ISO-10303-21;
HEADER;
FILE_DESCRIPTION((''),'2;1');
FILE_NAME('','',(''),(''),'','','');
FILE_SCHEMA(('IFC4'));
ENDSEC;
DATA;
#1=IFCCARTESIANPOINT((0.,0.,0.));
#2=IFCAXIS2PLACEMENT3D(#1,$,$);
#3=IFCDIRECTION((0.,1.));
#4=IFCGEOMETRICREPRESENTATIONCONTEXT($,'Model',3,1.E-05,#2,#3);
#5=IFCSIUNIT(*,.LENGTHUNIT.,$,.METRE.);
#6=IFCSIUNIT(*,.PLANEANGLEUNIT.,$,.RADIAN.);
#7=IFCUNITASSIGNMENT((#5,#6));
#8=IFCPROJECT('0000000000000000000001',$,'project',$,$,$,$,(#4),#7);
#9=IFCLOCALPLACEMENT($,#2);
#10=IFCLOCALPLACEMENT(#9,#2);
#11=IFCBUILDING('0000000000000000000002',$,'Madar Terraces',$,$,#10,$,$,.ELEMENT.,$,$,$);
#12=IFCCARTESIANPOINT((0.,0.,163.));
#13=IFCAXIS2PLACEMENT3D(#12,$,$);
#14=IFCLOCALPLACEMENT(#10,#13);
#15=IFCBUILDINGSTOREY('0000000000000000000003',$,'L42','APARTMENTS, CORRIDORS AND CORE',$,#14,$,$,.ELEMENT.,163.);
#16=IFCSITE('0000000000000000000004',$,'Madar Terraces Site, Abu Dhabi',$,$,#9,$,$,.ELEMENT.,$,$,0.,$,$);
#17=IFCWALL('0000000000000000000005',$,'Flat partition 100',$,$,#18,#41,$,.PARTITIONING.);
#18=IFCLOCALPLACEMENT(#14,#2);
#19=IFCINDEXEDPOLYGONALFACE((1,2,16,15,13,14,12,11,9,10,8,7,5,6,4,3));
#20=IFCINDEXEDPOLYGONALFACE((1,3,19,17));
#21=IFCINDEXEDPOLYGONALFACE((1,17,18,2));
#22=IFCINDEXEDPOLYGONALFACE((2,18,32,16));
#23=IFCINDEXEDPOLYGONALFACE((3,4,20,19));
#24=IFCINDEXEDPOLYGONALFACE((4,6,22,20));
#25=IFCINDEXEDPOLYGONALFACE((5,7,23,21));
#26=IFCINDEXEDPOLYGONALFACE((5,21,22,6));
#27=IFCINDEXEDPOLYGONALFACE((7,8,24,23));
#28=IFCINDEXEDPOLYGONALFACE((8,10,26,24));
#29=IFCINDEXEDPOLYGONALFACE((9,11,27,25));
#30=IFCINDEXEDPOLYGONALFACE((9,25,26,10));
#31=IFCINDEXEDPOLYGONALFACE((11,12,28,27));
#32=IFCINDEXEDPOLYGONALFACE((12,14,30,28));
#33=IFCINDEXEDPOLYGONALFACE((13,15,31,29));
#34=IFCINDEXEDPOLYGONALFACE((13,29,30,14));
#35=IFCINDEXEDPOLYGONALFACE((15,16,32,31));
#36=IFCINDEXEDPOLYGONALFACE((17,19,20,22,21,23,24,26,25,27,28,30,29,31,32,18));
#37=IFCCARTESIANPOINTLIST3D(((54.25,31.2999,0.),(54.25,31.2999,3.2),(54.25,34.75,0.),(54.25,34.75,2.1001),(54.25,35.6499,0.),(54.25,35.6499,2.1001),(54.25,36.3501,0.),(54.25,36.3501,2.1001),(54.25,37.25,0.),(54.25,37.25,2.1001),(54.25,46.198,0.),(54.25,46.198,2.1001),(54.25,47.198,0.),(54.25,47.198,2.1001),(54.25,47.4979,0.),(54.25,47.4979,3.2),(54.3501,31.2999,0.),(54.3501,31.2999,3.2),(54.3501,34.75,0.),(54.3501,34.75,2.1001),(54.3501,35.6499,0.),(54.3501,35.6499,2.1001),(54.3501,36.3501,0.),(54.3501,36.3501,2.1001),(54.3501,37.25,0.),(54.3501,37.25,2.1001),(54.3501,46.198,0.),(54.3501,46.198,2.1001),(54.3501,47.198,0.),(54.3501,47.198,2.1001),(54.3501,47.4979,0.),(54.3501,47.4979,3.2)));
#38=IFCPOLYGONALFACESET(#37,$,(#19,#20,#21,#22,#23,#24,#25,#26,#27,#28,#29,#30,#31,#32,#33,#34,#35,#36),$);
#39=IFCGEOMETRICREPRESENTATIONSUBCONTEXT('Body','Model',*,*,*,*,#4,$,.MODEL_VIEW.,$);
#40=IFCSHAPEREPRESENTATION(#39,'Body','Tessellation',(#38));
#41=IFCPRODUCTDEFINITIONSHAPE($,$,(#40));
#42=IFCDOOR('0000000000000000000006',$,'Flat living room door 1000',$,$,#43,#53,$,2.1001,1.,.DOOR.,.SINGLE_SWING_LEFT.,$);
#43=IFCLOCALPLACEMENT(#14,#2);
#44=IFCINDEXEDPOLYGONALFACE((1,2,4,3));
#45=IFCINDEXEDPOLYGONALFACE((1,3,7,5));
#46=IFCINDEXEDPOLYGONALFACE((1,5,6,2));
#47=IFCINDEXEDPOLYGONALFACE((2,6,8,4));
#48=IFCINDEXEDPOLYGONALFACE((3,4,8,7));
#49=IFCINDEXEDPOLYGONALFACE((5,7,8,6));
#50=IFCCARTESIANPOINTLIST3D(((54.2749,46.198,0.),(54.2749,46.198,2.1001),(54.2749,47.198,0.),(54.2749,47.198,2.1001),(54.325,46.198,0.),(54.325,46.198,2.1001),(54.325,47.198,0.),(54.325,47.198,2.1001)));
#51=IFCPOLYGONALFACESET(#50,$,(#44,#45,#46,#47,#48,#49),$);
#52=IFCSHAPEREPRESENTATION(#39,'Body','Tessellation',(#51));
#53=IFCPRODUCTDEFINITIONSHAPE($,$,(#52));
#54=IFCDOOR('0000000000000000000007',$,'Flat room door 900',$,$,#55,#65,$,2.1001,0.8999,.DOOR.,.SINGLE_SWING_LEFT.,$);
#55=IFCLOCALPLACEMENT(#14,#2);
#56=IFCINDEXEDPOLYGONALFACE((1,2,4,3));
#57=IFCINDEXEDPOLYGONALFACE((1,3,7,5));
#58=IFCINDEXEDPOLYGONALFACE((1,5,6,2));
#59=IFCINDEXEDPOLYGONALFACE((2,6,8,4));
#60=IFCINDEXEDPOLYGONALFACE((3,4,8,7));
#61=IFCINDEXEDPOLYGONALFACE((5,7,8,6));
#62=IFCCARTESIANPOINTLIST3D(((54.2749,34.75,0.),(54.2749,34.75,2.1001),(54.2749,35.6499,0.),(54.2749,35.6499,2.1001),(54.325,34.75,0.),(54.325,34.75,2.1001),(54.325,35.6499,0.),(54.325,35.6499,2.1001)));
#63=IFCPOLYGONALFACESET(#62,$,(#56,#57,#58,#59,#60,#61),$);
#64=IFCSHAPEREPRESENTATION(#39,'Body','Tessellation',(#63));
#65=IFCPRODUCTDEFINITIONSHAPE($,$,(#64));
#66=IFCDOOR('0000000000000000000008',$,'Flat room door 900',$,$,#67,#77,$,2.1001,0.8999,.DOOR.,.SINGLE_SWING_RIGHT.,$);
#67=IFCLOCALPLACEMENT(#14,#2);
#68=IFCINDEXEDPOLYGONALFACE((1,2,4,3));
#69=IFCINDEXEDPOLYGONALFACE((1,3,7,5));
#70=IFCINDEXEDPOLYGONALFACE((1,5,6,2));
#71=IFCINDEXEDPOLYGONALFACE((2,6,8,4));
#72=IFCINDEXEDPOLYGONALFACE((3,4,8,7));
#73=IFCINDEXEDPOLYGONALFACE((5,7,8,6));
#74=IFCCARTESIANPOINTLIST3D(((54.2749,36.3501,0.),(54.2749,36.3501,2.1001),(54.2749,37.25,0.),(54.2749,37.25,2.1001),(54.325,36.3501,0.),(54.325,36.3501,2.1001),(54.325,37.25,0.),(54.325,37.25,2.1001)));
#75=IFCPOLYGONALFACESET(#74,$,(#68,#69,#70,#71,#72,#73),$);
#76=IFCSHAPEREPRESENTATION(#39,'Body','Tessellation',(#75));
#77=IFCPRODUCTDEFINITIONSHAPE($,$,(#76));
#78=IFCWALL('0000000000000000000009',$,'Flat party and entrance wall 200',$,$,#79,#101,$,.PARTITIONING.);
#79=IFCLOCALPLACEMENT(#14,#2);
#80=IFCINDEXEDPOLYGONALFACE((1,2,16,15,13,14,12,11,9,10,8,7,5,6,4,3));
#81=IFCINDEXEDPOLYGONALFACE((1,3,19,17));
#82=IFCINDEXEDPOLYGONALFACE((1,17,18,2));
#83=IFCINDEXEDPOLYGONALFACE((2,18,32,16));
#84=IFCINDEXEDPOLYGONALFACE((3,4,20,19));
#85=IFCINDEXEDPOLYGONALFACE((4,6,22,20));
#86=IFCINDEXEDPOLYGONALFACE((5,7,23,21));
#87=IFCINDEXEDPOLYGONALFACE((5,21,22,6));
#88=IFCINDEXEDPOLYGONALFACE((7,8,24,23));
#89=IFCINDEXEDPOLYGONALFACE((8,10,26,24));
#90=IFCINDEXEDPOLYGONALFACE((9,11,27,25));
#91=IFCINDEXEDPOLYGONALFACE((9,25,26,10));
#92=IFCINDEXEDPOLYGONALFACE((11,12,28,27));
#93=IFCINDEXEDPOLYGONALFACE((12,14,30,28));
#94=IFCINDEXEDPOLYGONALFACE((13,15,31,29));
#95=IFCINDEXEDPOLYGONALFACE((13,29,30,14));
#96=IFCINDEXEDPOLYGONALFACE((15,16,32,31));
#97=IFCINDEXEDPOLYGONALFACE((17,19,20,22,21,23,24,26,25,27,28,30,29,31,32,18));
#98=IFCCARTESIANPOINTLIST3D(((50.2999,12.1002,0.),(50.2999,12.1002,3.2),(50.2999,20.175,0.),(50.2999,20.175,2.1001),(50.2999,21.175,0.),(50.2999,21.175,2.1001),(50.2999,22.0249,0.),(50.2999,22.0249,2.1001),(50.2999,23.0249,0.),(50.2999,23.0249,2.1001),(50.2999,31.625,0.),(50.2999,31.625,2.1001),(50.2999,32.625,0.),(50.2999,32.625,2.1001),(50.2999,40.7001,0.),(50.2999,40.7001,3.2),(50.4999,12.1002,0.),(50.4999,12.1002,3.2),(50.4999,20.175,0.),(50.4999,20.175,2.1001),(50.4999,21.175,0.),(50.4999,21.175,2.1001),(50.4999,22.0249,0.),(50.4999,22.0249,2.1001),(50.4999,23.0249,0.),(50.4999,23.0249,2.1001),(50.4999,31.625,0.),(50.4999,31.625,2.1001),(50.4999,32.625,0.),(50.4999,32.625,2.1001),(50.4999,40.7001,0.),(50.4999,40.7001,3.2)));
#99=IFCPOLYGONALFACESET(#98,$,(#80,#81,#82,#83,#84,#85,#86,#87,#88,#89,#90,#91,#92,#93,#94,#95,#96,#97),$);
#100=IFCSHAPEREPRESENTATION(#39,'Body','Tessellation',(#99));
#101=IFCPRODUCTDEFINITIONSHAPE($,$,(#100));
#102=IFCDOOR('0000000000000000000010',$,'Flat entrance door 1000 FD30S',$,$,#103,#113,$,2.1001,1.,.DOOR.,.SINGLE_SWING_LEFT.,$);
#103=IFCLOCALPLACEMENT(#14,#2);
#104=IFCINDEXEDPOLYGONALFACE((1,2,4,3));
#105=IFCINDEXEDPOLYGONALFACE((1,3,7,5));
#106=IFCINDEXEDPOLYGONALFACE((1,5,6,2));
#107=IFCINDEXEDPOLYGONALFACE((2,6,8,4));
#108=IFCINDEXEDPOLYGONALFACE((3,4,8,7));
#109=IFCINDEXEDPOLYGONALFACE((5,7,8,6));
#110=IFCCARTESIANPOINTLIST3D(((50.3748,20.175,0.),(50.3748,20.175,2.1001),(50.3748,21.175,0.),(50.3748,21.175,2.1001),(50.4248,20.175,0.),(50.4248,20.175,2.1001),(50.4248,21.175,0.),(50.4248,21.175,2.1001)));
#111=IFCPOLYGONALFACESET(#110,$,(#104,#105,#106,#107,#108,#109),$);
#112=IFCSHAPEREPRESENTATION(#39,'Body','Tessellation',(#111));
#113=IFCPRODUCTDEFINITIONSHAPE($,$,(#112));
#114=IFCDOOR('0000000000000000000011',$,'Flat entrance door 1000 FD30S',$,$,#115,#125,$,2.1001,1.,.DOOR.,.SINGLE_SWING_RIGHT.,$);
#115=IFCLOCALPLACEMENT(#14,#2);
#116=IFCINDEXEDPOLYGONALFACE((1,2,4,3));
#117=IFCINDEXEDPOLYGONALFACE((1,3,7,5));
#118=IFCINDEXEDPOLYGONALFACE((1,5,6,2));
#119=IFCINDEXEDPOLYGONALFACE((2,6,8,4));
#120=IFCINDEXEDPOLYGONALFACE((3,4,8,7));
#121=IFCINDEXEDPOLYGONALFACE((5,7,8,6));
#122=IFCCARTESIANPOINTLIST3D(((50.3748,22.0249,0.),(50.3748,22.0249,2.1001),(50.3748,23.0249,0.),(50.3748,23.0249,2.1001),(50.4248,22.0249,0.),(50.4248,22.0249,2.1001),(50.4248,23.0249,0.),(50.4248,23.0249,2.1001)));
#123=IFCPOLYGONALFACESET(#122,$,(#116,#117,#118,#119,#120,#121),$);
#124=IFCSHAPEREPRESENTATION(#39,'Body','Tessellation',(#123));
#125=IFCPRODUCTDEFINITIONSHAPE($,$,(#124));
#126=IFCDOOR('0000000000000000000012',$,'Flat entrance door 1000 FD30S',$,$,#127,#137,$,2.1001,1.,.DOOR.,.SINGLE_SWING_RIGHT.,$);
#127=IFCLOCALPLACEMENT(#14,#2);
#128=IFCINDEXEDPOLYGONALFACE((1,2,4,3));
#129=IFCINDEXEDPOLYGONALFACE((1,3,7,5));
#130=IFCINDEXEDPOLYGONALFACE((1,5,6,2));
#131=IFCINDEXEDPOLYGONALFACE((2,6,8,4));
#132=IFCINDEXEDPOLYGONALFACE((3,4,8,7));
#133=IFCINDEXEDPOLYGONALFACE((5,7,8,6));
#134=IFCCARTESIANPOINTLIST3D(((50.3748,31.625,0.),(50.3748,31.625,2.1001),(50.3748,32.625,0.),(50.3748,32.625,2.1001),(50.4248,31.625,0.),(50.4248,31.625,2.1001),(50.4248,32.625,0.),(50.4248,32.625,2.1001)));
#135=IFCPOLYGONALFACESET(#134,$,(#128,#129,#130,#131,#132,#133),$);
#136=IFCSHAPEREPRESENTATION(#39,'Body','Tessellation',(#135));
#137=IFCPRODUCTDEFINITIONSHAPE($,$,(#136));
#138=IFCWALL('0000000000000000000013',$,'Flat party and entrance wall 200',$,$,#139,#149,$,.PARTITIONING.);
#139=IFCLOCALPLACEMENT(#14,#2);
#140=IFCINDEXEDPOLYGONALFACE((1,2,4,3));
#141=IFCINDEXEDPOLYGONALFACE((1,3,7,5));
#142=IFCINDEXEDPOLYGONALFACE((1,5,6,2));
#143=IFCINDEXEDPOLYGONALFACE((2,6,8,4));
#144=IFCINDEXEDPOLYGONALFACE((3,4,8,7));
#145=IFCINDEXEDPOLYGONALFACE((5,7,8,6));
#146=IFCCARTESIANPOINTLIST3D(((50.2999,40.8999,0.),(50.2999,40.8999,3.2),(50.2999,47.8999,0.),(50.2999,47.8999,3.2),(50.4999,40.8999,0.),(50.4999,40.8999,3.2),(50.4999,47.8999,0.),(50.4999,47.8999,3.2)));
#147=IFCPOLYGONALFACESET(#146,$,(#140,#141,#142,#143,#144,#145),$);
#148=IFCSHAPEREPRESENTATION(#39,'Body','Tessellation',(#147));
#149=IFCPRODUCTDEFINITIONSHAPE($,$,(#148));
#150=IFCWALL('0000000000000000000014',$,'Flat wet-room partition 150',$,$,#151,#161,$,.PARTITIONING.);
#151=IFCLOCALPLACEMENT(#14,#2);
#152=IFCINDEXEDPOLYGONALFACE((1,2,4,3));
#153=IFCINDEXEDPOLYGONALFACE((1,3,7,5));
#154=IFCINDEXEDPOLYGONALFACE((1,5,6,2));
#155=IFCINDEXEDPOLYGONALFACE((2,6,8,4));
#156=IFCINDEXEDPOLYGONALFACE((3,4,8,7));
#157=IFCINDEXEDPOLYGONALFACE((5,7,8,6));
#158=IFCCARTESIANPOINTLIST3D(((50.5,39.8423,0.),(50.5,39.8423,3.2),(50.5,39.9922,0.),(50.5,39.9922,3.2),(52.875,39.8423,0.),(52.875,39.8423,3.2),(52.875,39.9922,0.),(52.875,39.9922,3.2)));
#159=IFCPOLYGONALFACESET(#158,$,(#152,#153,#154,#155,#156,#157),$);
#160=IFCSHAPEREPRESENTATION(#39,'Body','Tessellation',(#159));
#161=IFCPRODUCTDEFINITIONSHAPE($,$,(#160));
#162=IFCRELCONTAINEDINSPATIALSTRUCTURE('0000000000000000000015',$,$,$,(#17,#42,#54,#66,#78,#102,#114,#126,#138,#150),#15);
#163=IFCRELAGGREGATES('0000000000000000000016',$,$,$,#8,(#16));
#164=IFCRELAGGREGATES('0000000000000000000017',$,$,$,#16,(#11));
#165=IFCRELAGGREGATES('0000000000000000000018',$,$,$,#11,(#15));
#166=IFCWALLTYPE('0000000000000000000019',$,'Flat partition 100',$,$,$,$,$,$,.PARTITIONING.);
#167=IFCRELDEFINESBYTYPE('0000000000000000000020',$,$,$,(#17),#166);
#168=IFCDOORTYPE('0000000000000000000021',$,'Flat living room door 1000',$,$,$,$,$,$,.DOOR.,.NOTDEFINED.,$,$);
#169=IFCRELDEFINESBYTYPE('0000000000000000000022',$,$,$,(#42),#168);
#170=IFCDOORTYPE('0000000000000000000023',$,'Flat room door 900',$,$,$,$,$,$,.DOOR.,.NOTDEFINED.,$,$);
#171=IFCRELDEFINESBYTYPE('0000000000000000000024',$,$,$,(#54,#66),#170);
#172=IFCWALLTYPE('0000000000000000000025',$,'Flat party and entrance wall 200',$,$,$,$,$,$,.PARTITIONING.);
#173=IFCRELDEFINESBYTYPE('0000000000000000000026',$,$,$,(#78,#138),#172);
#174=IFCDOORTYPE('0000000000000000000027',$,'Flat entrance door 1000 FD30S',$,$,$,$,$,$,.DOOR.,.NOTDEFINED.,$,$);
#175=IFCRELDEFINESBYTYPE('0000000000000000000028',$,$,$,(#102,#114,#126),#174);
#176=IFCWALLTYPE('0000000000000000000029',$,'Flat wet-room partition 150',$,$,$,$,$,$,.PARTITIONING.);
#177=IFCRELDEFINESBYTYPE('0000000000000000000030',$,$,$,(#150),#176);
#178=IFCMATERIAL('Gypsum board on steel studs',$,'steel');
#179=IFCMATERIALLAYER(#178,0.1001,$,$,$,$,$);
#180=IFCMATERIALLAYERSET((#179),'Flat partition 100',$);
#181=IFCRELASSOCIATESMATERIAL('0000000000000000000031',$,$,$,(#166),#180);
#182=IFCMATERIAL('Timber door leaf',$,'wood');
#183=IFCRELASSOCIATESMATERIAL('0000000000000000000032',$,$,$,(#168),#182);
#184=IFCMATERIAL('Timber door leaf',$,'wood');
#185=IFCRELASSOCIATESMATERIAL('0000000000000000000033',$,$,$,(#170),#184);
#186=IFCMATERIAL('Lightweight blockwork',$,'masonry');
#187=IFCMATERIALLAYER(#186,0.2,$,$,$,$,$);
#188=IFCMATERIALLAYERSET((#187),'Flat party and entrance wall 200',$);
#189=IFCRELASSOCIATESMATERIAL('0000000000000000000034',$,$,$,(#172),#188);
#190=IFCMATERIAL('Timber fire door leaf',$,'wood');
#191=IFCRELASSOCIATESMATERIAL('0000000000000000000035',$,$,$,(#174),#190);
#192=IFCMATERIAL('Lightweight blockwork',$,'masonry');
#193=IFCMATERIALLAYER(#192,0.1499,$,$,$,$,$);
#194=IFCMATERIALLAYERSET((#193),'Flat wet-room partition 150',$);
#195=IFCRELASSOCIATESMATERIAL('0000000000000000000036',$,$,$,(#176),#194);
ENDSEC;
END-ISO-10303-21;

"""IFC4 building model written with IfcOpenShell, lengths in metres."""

from ifc_helpers import new_model, si_unit, direction, frame, frame_2d, origin, place, context, subcontext, project, spatial, rectangle, extrude, material, layer, layer_set, type_object, element, fill, save


model = new_model("IFC4")

# Units and contexts
model_context = context("Model", 3, precision=1e-05, world=origin(), true_north=direction((0.0, 1.0)))
body_context = subcontext(model_context, "Body", "Model", "MODEL_VIEW")
ifc_project = project(units=[si_unit("LENGTHUNIT", "METRE"), si_unit("PLANEANGLEUNIT", "RADIAN")], contexts=[model_context])

# Site, building, storey
site_placement = place(None, origin())
site = spatial("IfcSite", under=ifc_project, at=site_placement, Name="Madar Terraces Site, Abu Dhabi", CompositionType="ELEMENT", RefElevation=0.0)
building_placement = place(site_placement, origin())
building = spatial("IfcBuilding", under=site, at=building_placement, Name="Madar Terraces", CompositionType="ELEMENT")
storey_placement = place(building_placement, frame((0.0, 0.0, 163.0)))
storey = spatial("IfcBuildingStorey", under=building, at=storey_placement, Name="L42", Description="APARTMENTS, CORRIDORS AND CORE", CompositionType="ELEMENT", Elevation=163.0)

# Shared definitions
ifc_material_1 = material(Name="Gypsum board on steel studs", Category="steel")
ifc_layer_1 = layer(ifc_material_1, 0.1001)
ifc_layer_set_1 = layer_set([ifc_layer_1], Name="Flat partition 100")
wall_type_1 = type_object("IfcWallType", Name="Flat partition 100", PredefinedType="PARTITIONING", material=ifc_layer_set_1)

# Walls, openings, doors
wall_1_placement = place(storey_placement, frame((54.3, 47.498, 0.0), z_axis=(0.0, 0.0, 1.0), x_axis=(0.0, -1.0, 0.0)))
wall_1 = element("IfcWall", 1, at=wall_1_placement, inside=storey, type_object=wall_type_1, Name="Flat partition 100", PredefinedType="PARTITIONING", context=body_context, shape_type="SweptSolid", body=[
    extrude(rectangle(XDim=16.198, YDim=0.1001, at=frame_2d((8.0991, 0.0))), origin(), (0.0, 0.0, 1.0), 3.2),
])
opening_1_placement = place(wall_1_placement, frame((11.8481, 0.0, 0.0)))
opening_1 = element("IfcOpeningElement", 2, at=opening_1_placement, cuts=wall_1, PredefinedType="OPENING", context=body_context, shape_type="SweptSolid", body=[
    extrude(rectangle(XDim=0.8999, YDim=2.1001, at=frame_2d((0.45, 1.05))), frame((0.0, 0.0601, 0.0), z_axis=(0.0, -1.0, 0.0), x_axis=(1.0, 0.0, 0.0)), (0.0, 0.0, 1.0), 0.1201),
])
opening_2_placement = place(wall_1_placement, frame((10.248, 0.0, 0.0)))
opening_2 = element("IfcOpeningElement", 3, at=opening_2_placement, cuts=wall_1, PredefinedType="OPENING", context=body_context, shape_type="SweptSolid", body=[
    extrude(rectangle(XDim=0.8999, YDim=2.1001, at=frame_2d((0.45, 1.05))), frame((0.0, 0.0601, 0.0), z_axis=(0.0, -1.0, 0.0), x_axis=(1.0, 0.0, 0.0)), (0.0, 0.0, 1.0), 0.1201),
])
opening_3_placement = place(wall_1_placement, frame((0.3, 0.0, 0.0)))
opening_3 = element("IfcOpeningElement", 4, at=opening_3_placement, cuts=wall_1, PredefinedType="OPENING", context=body_context, shape_type="SweptSolid", body=[
    extrude(rectangle(XDim=1.0, YDim=2.1001, at=frame_2d((0.5, 1.05))), frame((0.0, 0.0601, 0.0), z_axis=(0.0, -1.0, 0.0), x_axis=(1.0, 0.0, 0.0)), (0.0, 0.0, 1.0), 0.1201),
])
ifc_material_2 = material(Name="Timber door leaf", Category="wood")
door_type_1 = type_object("IfcDoorType", Name="Flat living room door 1000", OperationType="NOTDEFINED", PredefinedType="DOOR", material=ifc_material_2)
door_1_placement = place(opening_3_placement, origin())
door_1 = element("IfcDoor", 5, at=door_1_placement, inside=storey, type_object=door_type_1, Name="Flat living room door 1000", OperationType="SINGLE_SWING_LEFT", OverallHeight=2.1001, OverallWidth=1.0, PredefinedType="DOOR", context=body_context, shape_type="SweptSolid", body=[
    extrude(rectangle(XDim=1.0, YDim=2.1001, at=frame_2d((0.5, 1.05))), frame((0.0, 0.0249, 0.0), z_axis=(0.0, -1.0, 0.0), x_axis=(1.0, 0.0, 0.0)), (0.0, 0.0, 1.0), 0.05),
])
fill(opening_3, door_1)
ifc_material_3 = material(Name="Timber door leaf", Category="wood")
door_type_2 = type_object("IfcDoorType", Name="Flat room door 900", OperationType="NOTDEFINED", PredefinedType="DOOR", material=ifc_material_3)
door_2_placement = place(opening_1_placement, origin())
door_2 = element("IfcDoor", 6, at=door_2_placement, inside=storey, type_object=door_type_2, Name="Flat room door 900", OperationType="SINGLE_SWING_LEFT", OverallHeight=2.1001, OverallWidth=0.8999, PredefinedType="DOOR", context=body_context, shape_type="SweptSolid", body=[
    extrude(rectangle(XDim=0.8999, YDim=2.1001, at=frame_2d((0.45, 1.05))), frame((0.0, 0.0249, 0.0), z_axis=(0.0, -1.0, 0.0), x_axis=(1.0, 0.0, 0.0)), (0.0, 0.0, 1.0), 0.05),
])
fill(opening_1, door_2)
door_3_placement = place(opening_2_placement, origin())
door_3 = element("IfcDoor", 7, at=door_3_placement, inside=storey, type_object=door_type_2, Name="Flat room door 900", OperationType="SINGLE_SWING_RIGHT", OverallHeight=2.1001, OverallWidth=0.8999, PredefinedType="DOOR", context=body_context, shape_type="SweptSolid", body=[
    extrude(rectangle(XDim=0.8999, YDim=2.1001, at=frame_2d((0.45, 1.05))), frame((0.0, 0.0249, 0.0), z_axis=(0.0, -1.0, 0.0), x_axis=(1.0, 0.0, 0.0)), (0.0, 0.0, 1.0), 0.05),
])
fill(opening_2, door_3)
ifc_material_4 = material(Name="Lightweight blockwork", Category="masonry")
ifc_layer_2 = layer(ifc_material_4, 0.2)
ifc_layer_set_2 = layer_set([ifc_layer_2], Name="Flat party and entrance wall 200")
wall_type_2 = type_object("IfcWallType", Name="Flat party and entrance wall 200", PredefinedType="PARTITIONING", material=ifc_layer_set_2)
wall_2_placement = place(storey_placement, frame((50.3999, 40.7, 0.0), z_axis=(0.0, 0.0, 1.0), x_axis=(0.0, -1.0, 0.0)))
wall_2 = element("IfcWall", 8, at=wall_2_placement, inside=storey, type_object=wall_type_2, Name="Flat party and entrance wall 200", PredefinedType="PARTITIONING", context=body_context, shape_type="SweptSolid", body=[
    extrude(rectangle(XDim=28.5999, YDim=0.2, at=frame_2d((14.2998, 0.0))), origin(), (0.0, 0.0, 1.0), 3.2),
])
opening_4_placement = place(wall_2_placement, frame((19.5249, 0.0, 0.0)))
opening_4 = element("IfcOpeningElement", 9, at=opening_4_placement, cuts=wall_2, PredefinedType="OPENING", context=body_context, shape_type="SweptSolid", body=[
    extrude(rectangle(XDim=1.0, YDim=2.1001, at=frame_2d((0.5, 1.05))), frame((0.0, 0.1099, 0.0), z_axis=(0.0, -1.0, 0.0), x_axis=(1.0, 0.0, 0.0)), (0.0, 0.0, 1.0), 0.22),
])
opening_5_placement = place(wall_2_placement, frame((17.675, 0.0, 0.0)))
opening_5 = element("IfcOpeningElement", 10, at=opening_5_placement, cuts=wall_2, PredefinedType="OPENING", context=body_context, shape_type="SweptSolid", body=[
    extrude(rectangle(XDim=1.0, YDim=2.1001, at=frame_2d((0.5, 1.05))), frame((0.0, 0.1099, 0.0), z_axis=(0.0, -1.0, 0.0), x_axis=(1.0, 0.0, 0.0)), (0.0, 0.0, 1.0), 0.22),
])
opening_6_placement = place(wall_2_placement, frame((8.075, 0.0, 0.0)))
opening_6 = element("IfcOpeningElement", 11, at=opening_6_placement, cuts=wall_2, PredefinedType="OPENING", context=body_context, shape_type="SweptSolid", body=[
    extrude(rectangle(XDim=1.0, YDim=2.1001, at=frame_2d((0.5, 1.05))), frame((0.0, 0.1099, 0.0), z_axis=(0.0, -1.0, 0.0), x_axis=(1.0, 0.0, 0.0)), (0.0, 0.0, 1.0), 0.22),
])
ifc_material_5 = material(Name="Timber fire door leaf", Category="wood")
door_type_3 = type_object("IfcDoorType", Name="Flat entrance door 1000 FD30S", OperationType="NOTDEFINED", PredefinedType="DOOR", material=ifc_material_5)
door_4_placement = place(opening_4_placement, origin())
door_4 = element("IfcDoor", 12, at=door_4_placement, inside=storey, type_object=door_type_3, Name="Flat entrance door 1000 FD30S", OperationType="SINGLE_SWING_LEFT", OverallHeight=2.1001, OverallWidth=1.0, PredefinedType="DOOR", context=body_context, shape_type="SweptSolid", body=[
    extrude(rectangle(XDim=1.0, YDim=2.1001, at=frame_2d((0.5, 1.05))), frame((0.0, 0.0249, 0.0), z_axis=(0.0, -1.0, 0.0), x_axis=(1.0, 0.0, 0.0)), (0.0, 0.0, 1.0), 0.05),
])
fill(opening_4, door_4)
door_5_placement = place(opening_5_placement, origin())
door_5 = element("IfcDoor", 13, at=door_5_placement, inside=storey, type_object=door_type_3, Name="Flat entrance door 1000 FD30S", OperationType="SINGLE_SWING_RIGHT", OverallHeight=2.1001, OverallWidth=1.0, PredefinedType="DOOR", context=body_context, shape_type="SweptSolid", body=[
    extrude(rectangle(XDim=1.0, YDim=2.1001, at=frame_2d((0.5, 1.05))), frame((0.0, 0.0249, 0.0), z_axis=(0.0, -1.0, 0.0), x_axis=(1.0, 0.0, 0.0)), (0.0, 0.0, 1.0), 0.05),
])
fill(opening_5, door_5)
door_6_placement = place(opening_6_placement, origin())
door_6 = element("IfcDoor", 14, at=door_6_placement, inside=storey, type_object=door_type_3, Name="Flat entrance door 1000 FD30S", OperationType="SINGLE_SWING_RIGHT", OverallHeight=2.1001, OverallWidth=1.0, PredefinedType="DOOR", context=body_context, shape_type="SweptSolid", body=[
    extrude(rectangle(XDim=1.0, YDim=2.1001, at=frame_2d((0.5, 1.05))), frame((0.0, 0.0249, 0.0), z_axis=(0.0, -1.0, 0.0), x_axis=(1.0, 0.0, 0.0)), (0.0, 0.0, 1.0), 0.05),
])
fill(opening_6, door_6)

# Walls
wall_3_placement = place(storey_placement, frame((50.3999, 40.8999, 0.0), z_axis=(0.0, 0.0, 1.0), x_axis=(0.0, 1.0, 0.0)))
element("IfcWall", 15, at=wall_3_placement, inside=storey, type_object=wall_type_2, Name="Flat party and entrance wall 200", PredefinedType="PARTITIONING", context=body_context, shape_type="SweptSolid", body=[
    extrude(rectangle(XDim=7.0, YDim=0.2, at=frame_2d((3.5, 0.0))), origin(), (0.0, 0.0, 1.0), 3.2),
])
ifc_material_6 = material(Name="Lightweight blockwork", Category="masonry")
ifc_layer_3 = layer(ifc_material_6, 0.1499)
ifc_layer_set_3 = layer_set([ifc_layer_3], Name="Flat wet-room partition 150")
wall_type_3 = type_object("IfcWallType", Name="Flat wet-room partition 150", PredefinedType="PARTITIONING", material=ifc_layer_set_3)
for number, where, z_axis, x_axis, name in (
    (16, (50.5, 39.9172, 0.0), (0.0, 0.0, 1.0), (1.0, 0.0, 0.0), "Flat wet-room partition 150"),
):
    element("IfcWall", number, at=place(storey_placement, frame(where, z_axis=z_axis, x_axis=x_axis)), inside=storey, type_object=wall_type_3, Name=name, PredefinedType="PARTITIONING", context=body_context, shape_type="SweptSolid", body=[
        extrude(rectangle(XDim=2.375, YDim=0.1499, at=frame_2d((1.1875, 0.0))), origin(), (0.0, 0.0, 1.0), 3.2),
    ])

save(model, "model.ifc")
